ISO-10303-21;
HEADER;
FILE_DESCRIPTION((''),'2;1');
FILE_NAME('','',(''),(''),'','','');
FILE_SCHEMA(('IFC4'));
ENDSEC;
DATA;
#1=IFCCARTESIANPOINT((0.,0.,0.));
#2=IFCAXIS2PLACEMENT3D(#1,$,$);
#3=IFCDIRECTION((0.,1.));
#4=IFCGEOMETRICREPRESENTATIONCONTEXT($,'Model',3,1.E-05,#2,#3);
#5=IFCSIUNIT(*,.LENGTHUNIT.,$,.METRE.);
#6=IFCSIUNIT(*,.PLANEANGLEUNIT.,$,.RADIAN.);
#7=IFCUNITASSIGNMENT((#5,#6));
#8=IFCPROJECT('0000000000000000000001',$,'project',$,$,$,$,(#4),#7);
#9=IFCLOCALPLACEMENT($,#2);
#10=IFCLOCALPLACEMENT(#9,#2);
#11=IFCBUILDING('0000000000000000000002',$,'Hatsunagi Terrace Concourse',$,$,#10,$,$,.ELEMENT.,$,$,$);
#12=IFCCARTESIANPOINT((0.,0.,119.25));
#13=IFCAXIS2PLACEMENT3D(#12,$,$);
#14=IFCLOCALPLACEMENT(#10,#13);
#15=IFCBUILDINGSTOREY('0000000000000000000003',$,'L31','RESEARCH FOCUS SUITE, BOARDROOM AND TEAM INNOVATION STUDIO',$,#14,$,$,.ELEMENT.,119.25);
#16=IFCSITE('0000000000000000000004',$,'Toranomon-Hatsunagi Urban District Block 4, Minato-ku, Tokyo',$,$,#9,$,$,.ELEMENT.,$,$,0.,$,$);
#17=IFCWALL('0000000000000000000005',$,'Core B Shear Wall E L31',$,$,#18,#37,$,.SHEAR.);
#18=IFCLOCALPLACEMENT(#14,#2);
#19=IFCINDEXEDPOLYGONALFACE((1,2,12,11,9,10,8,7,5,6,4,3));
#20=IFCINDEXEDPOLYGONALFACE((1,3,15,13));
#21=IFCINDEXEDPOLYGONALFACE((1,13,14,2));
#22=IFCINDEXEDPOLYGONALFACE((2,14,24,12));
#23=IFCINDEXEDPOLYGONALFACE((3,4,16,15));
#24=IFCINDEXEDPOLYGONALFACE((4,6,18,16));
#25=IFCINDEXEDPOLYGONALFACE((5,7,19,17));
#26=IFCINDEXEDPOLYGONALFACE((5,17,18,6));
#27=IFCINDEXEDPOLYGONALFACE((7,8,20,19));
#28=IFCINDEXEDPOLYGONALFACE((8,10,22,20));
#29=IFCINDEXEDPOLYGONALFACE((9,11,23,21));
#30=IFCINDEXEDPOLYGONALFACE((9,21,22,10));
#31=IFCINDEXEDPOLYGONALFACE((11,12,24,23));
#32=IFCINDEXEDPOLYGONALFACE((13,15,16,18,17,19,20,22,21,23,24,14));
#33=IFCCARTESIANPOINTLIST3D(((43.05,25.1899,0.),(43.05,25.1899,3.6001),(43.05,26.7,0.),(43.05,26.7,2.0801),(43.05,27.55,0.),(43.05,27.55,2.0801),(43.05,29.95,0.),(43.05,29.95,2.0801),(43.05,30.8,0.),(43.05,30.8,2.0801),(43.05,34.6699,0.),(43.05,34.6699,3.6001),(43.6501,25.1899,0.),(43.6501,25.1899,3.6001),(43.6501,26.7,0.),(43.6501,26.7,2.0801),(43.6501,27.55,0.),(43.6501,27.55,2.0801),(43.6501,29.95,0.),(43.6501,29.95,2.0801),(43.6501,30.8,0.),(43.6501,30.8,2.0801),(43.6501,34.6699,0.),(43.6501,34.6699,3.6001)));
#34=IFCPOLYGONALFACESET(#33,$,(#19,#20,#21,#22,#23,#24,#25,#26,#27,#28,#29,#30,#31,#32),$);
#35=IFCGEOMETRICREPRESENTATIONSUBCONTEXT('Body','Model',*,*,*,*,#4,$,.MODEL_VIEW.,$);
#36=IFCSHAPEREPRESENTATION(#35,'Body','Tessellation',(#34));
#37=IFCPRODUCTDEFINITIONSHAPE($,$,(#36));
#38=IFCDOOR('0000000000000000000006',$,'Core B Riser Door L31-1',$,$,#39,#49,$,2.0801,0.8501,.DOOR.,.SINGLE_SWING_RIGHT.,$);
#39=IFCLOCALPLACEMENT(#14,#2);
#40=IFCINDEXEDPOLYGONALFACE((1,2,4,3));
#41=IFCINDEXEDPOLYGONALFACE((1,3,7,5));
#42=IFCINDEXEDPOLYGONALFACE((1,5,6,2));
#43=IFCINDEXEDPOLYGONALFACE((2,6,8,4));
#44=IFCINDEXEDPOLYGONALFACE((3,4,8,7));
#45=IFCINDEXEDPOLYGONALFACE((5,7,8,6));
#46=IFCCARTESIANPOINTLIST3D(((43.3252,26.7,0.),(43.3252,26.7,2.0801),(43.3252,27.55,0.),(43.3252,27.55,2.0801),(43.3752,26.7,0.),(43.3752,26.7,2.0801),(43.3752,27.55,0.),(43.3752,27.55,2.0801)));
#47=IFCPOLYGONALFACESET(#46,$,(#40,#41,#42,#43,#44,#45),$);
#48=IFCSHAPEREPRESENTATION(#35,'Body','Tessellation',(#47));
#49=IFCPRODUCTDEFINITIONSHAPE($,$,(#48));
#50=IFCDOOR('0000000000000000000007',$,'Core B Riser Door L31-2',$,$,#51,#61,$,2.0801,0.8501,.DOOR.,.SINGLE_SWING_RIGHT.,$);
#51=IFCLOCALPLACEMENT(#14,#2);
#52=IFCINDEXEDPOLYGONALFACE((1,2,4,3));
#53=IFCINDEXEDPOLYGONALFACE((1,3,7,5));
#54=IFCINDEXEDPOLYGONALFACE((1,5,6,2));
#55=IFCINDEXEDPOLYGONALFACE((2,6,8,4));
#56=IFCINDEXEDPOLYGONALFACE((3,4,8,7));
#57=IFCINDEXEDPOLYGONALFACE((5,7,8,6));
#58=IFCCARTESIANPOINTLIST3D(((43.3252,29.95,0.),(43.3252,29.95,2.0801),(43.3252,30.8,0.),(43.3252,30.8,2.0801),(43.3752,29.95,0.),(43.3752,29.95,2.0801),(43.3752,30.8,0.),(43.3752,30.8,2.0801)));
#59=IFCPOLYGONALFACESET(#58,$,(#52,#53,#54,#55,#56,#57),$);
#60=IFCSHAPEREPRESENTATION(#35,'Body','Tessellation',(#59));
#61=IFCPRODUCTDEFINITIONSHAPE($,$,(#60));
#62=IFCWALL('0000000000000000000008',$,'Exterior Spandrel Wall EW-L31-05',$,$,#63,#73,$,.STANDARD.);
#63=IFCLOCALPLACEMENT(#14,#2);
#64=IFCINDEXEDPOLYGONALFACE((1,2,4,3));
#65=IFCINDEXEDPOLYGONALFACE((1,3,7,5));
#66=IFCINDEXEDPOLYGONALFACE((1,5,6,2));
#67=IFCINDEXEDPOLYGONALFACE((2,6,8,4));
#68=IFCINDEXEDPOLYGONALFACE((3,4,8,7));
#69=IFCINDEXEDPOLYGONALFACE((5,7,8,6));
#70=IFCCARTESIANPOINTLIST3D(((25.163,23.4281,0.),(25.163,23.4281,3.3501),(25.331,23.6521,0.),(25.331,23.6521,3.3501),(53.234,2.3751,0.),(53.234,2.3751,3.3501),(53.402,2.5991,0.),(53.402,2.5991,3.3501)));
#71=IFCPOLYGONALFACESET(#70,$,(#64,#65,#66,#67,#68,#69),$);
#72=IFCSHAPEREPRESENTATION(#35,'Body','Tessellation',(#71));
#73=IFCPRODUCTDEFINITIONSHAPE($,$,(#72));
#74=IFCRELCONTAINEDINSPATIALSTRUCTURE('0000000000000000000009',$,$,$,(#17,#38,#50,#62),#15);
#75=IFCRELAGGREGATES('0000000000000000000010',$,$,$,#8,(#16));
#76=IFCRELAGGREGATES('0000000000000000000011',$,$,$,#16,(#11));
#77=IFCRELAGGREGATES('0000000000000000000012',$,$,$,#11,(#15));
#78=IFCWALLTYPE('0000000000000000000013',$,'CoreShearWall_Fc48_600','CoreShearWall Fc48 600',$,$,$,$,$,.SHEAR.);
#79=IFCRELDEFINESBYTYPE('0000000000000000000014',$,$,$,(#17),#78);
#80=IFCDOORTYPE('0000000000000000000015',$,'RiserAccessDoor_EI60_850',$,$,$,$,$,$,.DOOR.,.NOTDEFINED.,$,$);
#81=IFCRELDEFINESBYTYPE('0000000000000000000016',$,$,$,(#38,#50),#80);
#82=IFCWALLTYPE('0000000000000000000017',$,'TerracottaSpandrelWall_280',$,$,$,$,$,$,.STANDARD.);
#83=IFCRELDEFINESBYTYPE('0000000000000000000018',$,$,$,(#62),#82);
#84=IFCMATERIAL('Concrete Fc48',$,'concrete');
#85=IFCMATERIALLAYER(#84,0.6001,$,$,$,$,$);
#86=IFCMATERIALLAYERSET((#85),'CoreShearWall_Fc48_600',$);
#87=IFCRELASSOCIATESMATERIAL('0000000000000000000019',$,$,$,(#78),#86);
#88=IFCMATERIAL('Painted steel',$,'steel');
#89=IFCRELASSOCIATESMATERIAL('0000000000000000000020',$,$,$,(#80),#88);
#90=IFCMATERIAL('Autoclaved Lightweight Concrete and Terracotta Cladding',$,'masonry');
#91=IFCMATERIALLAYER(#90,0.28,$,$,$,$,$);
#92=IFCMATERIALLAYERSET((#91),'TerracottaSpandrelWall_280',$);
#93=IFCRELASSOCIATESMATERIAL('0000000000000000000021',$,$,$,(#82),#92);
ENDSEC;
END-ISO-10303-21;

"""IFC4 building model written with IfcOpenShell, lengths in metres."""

from ifc_helpers import new_model, si_unit, direction, frame, frame_2d, origin, place, context, subcontext, project, spatial, rectangle, extrude, material, layer, layer_set, type_object, element, fill, save


model = new_model("IFC4")

# Units and contexts
model_context = context("Model", 3, precision=1e-05, world=origin(), true_north=direction((0.0, 1.0)))
body_context = subcontext(model_context, "Body", "Model", "MODEL_VIEW")
ifc_project = project(units=[si_unit("LENGTHUNIT", "METRE"), si_unit("PLANEANGLEUNIT", "RADIAN")], contexts=[model_context])

# Site, building, storey
site_placement = place(None, origin())
site = spatial("IfcSite", under=ifc_project, at=site_placement, Name="Toranomon-Hatsunagi Urban District Block 4, Minato-ku, Tokyo", CompositionType="ELEMENT", RefElevation=0.0)
building_placement = place(site_placement, origin())
building = spatial("IfcBuilding", under=site, at=building_placement, Name="Hatsunagi Terrace Concourse", CompositionType="ELEMENT")
storey_placement = place(building_placement, frame((0.0, 0.0, 119.25)))
storey = spatial("IfcBuildingStorey", under=building, at=storey_placement, Name="L31", Description="RESEARCH FOCUS SUITE, BOARDROOM AND TEAM INNOVATION STUDIO", CompositionType="ELEMENT", Elevation=119.25)

# Wall, openings, doors
ifc_material_1 = material(Name="Concrete Fc48", Category="concrete")
ifc_layer_1 = layer(ifc_material_1, 0.6001)
ifc_layer_set_1 = layer_set([ifc_layer_1], Name="CoreShearWall_Fc48_600")
wall_type_1 = type_object("IfcWallType", Name="CoreShearWall_Fc48_600", Description="CoreShearWall Fc48 600", PredefinedType="SHEAR", material=ifc_layer_set_1)
wall_1_placement = place(storey_placement, frame((43.3501, 25.1899, 0.0), z_axis=(0.0, 0.0, 1.0), x_axis=(0.0, 1.0, 0.0)))
wall_1 = element("IfcWall", 1, at=wall_1_placement, inside=storey, type_object=wall_type_1, Name="Core B Shear Wall E L31", PredefinedType="SHEAR", context=body_context, shape_type="SweptSolid", body=[
    extrude(rectangle(XDim=9.48, YDim=0.6001, at=frame_2d((4.74, 0.0))), origin(), (0.0, 0.0, 1.0), 3.6001),
])
opening_1_placement = place(wall_1_placement, frame((1.51, 0.0, 0.0)))
opening_1 = element("IfcOpeningElement", 2, at=opening_1_placement, cuts=wall_1, PredefinedType="OPENING", context=body_context, shape_type="SweptSolid", body=[
    extrude(rectangle(XDim=0.8501, YDim=2.0801, at=frame_2d((0.425, 1.04))), frame((0.0, 0.3101, 0.0), z_axis=(0.0, -1.0, 0.0), x_axis=(1.0, 0.0, 0.0)), (0.0, 0.0, 1.0), 0.6201),
])
opening_2_placement = place(wall_1_placement, frame((4.76, 0.0, 0.0)))
opening_2 = element("IfcOpeningElement", 3, at=opening_2_placement, cuts=wall_1, PredefinedType="OPENING", context=body_context, shape_type="SweptSolid", body=[
    extrude(rectangle(XDim=0.8501, YDim=2.0801, at=frame_2d((0.425, 1.04))), frame((0.0, 0.3101, 0.0), z_axis=(0.0, -1.0, 0.0), x_axis=(1.0, 0.0, 0.0)), (0.0, 0.0, 1.0), 0.6201),
])
ifc_material_2 = material(Name="Painted steel", Category="steel")
door_type = type_object("IfcDoorType", Name="RiserAccessDoor_EI60_850", OperationType="NOTDEFINED", PredefinedType="DOOR", material=ifc_material_2)
door_1_placement = place(opening_1_placement, origin())
door_1 = element("IfcDoor", 4, at=door_1_placement, inside=storey, type_object=door_type, Name="Core B Riser Door L31-1", OperationType="SINGLE_SWING_RIGHT", OverallHeight=2.0801, OverallWidth=0.8501, PredefinedType="DOOR", context=body_context, shape_type="SweptSolid", body=[
    extrude(rectangle(XDim=0.8501, YDim=2.0801, at=frame_2d((0.425, 1.04))), frame((0.0, 0.0249, 0.0), z_axis=(0.0, -1.0, 0.0), x_axis=(1.0, 0.0, 0.0)), (0.0, 0.0, 1.0), 0.05),
])
fill(opening_1, door_1)
door_2_placement = place(opening_2_placement, origin())
door_2 = element("IfcDoor", 5, at=door_2_placement, inside=storey, type_object=door_type, Name="Core B Riser Door L31-2", OperationType="SINGLE_SWING_RIGHT", OverallHeight=2.0801, OverallWidth=0.8501, PredefinedType="DOOR", context=body_context, shape_type="SweptSolid", body=[
    extrude(rectangle(XDim=0.8501, YDim=2.0801, at=frame_2d((0.425, 1.04))), frame((0.0, 0.0249, 0.0), z_axis=(0.0, -1.0, 0.0), x_axis=(1.0, 0.0, 0.0)), (0.0, 0.0, 1.0), 0.05),
])
fill(opening_2, door_2)

# Wall
ifc_material_3 = material(Name="Autoclaved Lightweight Concrete and Terracotta Cladding", Category="masonry")
ifc_layer_2 = layer(ifc_material_3, 0.28)
ifc_layer_set_2 = layer_set([ifc_layer_2], Name="TerracottaSpandrelWall_280")
wall_type_2 = type_object("IfcWallType", Name="TerracottaSpandrelWall_280", PredefinedType="STANDARD", material=ifc_layer_set_2)
wall_2_placement = place(storey_placement, frame((53.3181, 2.4871, 0.0), z_axis=(0.0, 0.0, 1.0), x_axis=(-0.800004, 0.599994, 0.0)))
element("IfcWall", 6, at=wall_2_placement, inside=storey, type_object=wall_type_2, Name="Exterior Spandrel Wall EW-L31-05", PredefinedType="STANDARD", context=body_context, shape_type="SweptSolid", body=[
    extrude(rectangle(XDim=35.0886, YDim=0.28, at=frame_2d((17.5444, 0.0))), origin(), (0.0, 0.0, 1.0), 3.3501),
])

save(model, "model.ifc")
